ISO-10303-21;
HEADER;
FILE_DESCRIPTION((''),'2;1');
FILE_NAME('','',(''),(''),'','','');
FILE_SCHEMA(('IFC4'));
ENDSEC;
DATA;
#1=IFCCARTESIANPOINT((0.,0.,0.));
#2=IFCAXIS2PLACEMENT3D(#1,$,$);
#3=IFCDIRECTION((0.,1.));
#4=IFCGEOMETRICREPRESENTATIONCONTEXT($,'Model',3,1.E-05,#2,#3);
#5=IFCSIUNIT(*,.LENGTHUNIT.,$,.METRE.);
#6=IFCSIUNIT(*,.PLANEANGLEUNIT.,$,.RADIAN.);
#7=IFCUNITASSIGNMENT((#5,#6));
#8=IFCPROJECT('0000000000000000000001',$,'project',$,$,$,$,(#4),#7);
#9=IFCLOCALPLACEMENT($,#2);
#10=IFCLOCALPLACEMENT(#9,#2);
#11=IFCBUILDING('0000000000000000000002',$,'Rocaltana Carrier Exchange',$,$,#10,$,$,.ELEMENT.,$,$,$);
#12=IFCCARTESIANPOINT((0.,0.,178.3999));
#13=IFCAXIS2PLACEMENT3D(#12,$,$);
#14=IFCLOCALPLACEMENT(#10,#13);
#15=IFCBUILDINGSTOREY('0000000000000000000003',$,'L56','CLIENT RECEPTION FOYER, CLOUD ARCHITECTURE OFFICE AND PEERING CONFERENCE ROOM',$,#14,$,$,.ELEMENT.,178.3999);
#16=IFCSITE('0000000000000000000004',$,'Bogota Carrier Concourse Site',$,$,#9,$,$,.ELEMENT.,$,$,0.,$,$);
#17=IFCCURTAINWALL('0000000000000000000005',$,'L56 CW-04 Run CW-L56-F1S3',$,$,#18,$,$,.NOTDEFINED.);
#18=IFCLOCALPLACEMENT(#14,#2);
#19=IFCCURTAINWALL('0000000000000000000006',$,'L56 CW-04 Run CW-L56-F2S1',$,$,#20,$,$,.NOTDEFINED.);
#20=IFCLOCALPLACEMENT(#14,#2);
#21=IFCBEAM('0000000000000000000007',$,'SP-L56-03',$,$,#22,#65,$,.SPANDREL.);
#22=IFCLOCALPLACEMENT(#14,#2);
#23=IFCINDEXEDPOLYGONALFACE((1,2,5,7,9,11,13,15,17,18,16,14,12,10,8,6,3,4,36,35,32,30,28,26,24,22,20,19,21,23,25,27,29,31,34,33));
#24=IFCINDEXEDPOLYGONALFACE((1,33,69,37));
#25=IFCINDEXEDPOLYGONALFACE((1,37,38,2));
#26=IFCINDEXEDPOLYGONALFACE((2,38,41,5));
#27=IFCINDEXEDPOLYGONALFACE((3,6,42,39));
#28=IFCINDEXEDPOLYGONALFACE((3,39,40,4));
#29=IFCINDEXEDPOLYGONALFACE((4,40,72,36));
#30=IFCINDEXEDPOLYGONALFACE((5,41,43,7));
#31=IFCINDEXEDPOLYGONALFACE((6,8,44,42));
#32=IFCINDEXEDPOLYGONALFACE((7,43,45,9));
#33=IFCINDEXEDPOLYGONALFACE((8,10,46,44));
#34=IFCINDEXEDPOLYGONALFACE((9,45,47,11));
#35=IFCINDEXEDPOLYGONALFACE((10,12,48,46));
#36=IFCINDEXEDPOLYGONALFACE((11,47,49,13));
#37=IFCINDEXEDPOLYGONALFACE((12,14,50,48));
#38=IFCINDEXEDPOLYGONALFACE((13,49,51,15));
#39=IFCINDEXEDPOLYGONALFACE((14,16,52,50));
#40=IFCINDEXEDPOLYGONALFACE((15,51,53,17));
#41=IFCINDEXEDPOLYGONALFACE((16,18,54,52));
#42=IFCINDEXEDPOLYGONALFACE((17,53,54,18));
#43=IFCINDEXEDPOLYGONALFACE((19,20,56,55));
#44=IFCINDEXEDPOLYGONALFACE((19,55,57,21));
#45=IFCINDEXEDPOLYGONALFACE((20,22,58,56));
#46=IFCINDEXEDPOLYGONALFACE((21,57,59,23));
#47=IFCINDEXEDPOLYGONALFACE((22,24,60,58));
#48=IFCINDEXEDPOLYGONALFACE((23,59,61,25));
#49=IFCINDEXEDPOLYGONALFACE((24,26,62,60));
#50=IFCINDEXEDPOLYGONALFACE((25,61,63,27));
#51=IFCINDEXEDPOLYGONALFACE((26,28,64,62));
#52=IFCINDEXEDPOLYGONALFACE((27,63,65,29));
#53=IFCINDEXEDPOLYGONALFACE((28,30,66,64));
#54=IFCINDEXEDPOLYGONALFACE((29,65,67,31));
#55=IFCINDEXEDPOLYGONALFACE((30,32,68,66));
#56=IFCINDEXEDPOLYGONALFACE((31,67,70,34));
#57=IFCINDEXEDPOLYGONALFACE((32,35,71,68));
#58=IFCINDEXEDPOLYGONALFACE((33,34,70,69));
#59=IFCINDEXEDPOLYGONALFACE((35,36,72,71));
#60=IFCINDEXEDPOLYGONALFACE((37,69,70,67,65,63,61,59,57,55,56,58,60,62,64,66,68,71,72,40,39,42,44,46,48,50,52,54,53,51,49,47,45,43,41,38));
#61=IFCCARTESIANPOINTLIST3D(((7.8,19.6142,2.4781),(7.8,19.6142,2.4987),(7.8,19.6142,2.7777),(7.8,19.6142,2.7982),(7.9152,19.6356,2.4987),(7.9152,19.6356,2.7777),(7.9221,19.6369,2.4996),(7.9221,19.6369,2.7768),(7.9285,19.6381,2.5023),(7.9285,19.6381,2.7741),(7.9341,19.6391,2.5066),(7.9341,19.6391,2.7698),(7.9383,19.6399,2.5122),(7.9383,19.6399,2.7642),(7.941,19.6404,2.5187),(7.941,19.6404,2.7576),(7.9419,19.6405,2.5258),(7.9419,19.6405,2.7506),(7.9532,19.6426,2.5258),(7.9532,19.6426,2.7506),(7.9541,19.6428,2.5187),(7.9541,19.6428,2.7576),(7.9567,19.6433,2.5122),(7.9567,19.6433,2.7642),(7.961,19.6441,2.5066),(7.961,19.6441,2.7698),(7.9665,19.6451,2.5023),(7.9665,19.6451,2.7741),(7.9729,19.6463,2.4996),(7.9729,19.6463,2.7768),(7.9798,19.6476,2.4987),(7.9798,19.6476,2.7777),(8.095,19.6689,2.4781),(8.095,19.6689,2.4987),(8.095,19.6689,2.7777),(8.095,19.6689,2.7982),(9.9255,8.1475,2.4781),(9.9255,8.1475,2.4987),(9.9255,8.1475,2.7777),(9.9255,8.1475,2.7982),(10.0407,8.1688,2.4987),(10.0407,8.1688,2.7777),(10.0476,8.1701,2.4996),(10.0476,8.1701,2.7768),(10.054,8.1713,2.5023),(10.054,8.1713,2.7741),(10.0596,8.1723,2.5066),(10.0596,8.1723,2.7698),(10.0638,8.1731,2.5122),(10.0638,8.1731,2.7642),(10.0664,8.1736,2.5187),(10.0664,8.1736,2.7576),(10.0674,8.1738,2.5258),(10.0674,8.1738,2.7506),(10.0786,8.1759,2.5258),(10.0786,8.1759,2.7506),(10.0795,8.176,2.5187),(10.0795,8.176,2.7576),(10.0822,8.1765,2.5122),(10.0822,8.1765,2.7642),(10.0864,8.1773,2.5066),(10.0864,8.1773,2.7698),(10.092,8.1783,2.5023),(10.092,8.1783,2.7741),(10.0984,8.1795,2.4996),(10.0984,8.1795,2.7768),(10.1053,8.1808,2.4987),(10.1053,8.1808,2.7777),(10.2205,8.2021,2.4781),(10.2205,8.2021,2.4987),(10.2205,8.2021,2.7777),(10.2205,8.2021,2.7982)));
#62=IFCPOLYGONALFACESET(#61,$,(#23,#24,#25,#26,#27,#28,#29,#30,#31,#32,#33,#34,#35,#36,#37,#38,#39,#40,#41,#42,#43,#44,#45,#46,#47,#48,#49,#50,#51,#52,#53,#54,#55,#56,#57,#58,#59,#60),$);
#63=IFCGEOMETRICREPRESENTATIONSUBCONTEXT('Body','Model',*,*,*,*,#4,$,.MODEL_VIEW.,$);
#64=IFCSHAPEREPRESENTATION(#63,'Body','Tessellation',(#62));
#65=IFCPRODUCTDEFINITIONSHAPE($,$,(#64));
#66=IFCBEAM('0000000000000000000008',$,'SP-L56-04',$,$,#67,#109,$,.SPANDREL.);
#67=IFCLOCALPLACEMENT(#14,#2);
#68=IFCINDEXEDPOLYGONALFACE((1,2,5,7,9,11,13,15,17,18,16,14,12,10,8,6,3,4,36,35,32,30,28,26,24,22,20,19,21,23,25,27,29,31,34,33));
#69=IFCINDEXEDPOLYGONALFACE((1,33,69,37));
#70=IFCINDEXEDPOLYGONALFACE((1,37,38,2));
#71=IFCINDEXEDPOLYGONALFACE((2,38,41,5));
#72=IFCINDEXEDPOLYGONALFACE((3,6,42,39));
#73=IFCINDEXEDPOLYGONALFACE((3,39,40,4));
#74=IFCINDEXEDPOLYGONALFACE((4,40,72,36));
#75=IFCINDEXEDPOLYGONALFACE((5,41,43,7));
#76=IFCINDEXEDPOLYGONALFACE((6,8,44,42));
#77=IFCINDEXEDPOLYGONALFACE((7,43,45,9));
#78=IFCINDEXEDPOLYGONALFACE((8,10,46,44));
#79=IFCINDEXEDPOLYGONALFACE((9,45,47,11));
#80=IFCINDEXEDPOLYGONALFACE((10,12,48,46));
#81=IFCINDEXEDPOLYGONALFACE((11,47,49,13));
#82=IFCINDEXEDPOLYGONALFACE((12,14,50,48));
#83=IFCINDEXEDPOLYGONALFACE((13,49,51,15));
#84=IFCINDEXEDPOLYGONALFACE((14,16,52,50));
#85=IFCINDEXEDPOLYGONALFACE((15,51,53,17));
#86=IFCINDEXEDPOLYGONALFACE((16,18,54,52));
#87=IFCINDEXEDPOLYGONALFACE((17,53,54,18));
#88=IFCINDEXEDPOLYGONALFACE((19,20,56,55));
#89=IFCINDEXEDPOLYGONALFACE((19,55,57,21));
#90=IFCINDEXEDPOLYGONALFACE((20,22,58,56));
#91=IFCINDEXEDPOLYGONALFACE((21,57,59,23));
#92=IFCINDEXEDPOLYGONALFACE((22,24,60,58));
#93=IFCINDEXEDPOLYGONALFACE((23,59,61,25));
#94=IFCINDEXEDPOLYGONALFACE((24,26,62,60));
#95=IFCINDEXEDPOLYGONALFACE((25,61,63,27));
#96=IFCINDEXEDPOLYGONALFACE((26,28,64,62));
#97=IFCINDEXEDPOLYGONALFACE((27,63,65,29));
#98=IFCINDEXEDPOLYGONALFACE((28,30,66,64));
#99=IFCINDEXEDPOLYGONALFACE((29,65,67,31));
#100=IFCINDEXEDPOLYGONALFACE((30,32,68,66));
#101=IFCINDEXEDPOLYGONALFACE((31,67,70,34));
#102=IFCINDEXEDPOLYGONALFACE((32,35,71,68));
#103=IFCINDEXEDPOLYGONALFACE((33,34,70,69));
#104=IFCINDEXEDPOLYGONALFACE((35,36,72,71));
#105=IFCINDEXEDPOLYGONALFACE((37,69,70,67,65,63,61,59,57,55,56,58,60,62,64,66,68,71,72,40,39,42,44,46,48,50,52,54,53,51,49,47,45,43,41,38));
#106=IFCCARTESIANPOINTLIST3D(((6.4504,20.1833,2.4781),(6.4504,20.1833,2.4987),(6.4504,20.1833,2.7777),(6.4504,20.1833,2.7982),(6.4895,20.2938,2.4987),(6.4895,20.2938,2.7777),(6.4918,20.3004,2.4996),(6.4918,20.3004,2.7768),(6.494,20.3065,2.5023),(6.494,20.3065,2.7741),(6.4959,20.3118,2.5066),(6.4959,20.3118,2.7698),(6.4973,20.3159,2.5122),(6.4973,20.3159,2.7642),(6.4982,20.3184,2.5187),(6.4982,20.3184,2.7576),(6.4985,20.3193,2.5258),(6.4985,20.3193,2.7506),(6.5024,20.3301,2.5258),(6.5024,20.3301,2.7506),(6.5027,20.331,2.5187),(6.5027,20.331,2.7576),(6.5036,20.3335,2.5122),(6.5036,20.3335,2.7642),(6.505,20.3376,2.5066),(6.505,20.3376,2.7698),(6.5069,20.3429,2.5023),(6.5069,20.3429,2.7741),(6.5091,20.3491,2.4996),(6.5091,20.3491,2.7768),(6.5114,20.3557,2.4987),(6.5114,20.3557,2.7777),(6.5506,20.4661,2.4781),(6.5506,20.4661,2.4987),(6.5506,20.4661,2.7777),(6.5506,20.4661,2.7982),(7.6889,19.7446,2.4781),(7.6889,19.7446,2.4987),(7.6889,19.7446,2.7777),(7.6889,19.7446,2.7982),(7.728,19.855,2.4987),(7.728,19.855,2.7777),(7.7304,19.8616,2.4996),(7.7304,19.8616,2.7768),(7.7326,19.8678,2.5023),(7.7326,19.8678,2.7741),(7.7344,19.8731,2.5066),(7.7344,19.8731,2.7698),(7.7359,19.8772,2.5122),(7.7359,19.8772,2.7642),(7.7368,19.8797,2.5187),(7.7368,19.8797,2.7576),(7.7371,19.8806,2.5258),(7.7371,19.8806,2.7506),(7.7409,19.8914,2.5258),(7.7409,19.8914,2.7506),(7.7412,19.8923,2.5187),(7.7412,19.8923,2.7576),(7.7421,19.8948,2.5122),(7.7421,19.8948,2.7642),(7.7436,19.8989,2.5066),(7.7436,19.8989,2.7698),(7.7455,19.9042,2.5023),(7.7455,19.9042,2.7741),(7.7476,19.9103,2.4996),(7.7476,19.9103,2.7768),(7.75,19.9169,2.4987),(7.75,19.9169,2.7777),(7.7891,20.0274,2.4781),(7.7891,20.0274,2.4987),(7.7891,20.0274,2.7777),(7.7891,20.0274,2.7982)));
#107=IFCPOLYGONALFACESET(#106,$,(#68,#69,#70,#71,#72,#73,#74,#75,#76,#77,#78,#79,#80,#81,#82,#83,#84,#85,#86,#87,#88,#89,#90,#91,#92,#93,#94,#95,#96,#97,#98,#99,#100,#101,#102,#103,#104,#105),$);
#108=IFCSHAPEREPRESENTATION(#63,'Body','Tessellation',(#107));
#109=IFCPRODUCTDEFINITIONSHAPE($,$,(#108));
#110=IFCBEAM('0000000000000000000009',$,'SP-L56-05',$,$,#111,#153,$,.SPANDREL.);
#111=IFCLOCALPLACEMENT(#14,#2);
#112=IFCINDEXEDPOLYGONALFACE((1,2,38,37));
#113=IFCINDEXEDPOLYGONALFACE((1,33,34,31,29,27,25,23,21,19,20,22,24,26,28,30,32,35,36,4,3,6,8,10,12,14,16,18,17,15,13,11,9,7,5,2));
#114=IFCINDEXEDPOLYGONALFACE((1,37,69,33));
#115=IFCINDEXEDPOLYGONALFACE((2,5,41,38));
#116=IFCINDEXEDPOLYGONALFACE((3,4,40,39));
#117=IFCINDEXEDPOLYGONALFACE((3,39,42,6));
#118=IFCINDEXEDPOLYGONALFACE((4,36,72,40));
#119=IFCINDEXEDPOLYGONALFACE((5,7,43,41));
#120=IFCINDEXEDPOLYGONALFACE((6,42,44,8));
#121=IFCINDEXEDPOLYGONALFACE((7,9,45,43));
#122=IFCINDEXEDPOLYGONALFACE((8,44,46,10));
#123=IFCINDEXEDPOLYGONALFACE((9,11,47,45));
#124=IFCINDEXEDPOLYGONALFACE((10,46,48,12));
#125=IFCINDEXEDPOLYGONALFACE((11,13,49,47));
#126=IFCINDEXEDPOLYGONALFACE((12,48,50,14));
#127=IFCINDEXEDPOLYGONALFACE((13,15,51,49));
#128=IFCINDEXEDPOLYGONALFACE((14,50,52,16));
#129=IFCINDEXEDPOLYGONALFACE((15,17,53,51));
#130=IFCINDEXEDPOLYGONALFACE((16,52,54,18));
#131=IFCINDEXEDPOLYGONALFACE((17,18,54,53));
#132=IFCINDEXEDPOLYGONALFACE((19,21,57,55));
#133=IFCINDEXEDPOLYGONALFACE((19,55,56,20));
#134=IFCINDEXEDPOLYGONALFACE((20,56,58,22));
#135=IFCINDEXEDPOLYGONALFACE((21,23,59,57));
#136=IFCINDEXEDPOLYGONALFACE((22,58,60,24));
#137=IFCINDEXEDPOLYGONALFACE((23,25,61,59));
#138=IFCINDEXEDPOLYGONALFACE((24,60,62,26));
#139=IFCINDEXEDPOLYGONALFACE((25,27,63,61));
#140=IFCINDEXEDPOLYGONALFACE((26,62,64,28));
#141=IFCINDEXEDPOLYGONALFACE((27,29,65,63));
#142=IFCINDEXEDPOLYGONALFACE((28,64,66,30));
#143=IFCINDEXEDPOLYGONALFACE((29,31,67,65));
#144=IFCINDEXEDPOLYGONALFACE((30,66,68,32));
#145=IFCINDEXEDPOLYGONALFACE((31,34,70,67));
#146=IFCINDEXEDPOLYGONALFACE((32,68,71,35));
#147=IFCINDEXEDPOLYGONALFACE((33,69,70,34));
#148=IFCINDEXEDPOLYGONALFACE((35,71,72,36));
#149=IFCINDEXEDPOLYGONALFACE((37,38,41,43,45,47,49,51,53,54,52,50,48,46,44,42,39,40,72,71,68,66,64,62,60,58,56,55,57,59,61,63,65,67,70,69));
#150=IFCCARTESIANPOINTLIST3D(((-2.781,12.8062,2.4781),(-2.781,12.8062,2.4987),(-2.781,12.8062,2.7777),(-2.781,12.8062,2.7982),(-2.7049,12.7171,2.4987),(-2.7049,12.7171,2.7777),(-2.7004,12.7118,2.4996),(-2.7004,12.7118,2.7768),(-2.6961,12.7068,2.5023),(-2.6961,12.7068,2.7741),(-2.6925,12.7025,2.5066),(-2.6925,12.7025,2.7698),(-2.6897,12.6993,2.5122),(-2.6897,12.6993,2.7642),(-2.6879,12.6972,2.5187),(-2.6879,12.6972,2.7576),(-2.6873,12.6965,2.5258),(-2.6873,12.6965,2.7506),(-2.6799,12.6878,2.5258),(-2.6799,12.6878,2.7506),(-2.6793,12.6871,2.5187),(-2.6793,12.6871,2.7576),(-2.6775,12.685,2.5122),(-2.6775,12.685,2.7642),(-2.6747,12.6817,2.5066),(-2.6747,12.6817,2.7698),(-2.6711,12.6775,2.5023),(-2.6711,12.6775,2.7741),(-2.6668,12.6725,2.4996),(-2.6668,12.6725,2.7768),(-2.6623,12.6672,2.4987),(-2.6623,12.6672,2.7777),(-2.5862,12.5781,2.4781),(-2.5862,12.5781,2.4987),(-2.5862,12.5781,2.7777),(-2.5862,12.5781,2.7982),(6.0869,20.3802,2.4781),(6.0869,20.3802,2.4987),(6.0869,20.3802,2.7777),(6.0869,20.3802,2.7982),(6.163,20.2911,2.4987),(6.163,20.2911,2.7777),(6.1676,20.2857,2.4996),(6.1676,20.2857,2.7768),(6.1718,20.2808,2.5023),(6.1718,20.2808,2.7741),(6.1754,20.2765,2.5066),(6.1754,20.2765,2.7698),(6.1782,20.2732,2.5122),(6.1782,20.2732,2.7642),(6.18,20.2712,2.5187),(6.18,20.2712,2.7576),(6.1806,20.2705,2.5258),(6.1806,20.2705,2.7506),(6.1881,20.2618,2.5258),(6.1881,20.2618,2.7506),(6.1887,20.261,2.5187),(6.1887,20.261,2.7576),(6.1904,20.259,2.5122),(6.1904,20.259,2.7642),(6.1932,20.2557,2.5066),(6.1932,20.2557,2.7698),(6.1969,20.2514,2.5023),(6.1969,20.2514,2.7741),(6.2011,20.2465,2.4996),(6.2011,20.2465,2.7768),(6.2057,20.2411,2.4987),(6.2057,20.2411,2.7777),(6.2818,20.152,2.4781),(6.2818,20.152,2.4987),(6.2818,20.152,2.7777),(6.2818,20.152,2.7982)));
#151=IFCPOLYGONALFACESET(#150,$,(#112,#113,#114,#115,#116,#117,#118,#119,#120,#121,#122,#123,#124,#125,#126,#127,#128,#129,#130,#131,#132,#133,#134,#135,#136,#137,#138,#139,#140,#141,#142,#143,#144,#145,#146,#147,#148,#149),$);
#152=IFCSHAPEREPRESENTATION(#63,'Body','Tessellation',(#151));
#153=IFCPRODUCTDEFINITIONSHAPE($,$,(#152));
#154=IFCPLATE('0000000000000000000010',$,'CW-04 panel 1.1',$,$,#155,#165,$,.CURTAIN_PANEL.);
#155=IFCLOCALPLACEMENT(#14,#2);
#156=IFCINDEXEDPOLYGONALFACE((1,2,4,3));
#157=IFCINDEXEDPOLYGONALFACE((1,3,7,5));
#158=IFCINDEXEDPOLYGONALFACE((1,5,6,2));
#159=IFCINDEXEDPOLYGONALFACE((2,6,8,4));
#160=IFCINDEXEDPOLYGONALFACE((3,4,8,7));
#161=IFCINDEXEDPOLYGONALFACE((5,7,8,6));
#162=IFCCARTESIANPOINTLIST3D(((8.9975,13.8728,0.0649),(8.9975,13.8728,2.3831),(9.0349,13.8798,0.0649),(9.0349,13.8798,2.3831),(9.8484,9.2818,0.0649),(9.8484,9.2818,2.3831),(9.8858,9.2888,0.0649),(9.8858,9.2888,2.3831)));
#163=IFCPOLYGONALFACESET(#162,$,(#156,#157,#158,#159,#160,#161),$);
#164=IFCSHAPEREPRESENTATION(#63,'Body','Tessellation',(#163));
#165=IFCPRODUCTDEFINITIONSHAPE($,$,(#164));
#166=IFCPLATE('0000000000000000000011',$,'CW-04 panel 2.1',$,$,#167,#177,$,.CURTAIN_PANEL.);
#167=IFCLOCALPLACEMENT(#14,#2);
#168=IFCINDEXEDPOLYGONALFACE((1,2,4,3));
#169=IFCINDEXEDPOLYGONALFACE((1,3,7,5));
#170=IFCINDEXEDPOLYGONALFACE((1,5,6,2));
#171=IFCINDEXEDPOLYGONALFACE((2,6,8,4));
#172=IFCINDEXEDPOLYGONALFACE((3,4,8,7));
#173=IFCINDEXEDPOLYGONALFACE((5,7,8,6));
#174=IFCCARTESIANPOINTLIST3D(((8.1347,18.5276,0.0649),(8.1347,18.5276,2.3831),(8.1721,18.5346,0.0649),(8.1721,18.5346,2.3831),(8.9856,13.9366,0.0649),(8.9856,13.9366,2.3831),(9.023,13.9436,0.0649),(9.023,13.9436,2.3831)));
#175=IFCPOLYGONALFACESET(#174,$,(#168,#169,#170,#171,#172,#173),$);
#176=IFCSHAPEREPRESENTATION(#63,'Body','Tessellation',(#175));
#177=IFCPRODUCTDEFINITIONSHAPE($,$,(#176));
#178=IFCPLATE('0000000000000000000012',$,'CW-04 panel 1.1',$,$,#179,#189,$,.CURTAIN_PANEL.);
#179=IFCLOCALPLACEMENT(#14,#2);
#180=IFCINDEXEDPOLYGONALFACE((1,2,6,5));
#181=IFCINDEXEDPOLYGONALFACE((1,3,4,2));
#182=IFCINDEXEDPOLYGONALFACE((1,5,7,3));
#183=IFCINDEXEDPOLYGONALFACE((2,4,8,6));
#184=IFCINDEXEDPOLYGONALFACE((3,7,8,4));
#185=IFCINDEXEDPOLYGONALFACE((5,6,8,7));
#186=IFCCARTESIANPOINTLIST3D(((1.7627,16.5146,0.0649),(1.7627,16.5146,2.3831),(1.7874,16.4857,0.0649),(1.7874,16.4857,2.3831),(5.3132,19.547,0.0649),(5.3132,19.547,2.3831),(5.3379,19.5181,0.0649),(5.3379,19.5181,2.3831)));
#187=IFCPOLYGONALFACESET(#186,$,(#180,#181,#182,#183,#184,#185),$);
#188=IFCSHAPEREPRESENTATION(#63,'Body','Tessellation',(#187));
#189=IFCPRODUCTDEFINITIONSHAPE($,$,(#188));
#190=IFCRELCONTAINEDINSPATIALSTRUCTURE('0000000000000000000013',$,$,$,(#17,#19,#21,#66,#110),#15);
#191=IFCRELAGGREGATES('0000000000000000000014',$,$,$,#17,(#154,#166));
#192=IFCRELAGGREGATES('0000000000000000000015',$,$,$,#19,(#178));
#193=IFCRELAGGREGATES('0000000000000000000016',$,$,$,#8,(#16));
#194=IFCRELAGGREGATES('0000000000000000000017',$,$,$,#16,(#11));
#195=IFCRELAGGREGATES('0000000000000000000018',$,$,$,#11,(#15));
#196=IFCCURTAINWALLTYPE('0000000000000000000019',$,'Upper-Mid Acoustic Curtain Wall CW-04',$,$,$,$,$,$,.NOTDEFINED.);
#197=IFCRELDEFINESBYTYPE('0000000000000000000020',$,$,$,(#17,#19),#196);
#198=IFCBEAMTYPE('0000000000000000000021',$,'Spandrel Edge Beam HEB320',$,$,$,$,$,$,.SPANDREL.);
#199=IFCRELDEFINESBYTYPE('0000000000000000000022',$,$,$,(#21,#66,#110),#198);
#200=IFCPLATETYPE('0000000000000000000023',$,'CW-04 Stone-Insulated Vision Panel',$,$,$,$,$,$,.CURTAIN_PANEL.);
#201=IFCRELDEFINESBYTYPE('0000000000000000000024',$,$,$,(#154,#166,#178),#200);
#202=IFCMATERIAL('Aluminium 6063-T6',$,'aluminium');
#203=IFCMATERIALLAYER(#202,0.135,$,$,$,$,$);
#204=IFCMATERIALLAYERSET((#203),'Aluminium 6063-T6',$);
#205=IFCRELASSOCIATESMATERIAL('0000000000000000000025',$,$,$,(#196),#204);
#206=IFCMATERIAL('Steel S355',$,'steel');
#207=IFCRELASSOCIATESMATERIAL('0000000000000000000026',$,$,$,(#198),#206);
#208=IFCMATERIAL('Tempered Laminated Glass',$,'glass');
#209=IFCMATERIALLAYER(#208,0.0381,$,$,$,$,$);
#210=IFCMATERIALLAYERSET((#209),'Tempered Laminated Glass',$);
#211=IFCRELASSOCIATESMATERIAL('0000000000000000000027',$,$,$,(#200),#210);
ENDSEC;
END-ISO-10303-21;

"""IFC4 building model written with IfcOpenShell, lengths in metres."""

from ifc_helpers import new_model, si_unit, direction, frame, origin, origin_2d, place, context, subcontext, project, spatial, rectangle, i_section, extrude, material, layer, layer_set, material_profile, profile_set, type_object, element, aggregate, save


model = new_model("IFC4")

# Units and contexts
model_context = context("Model", 3, precision=1e-05, world=origin(), true_north=direction((0.0, 1.0)))
body_context = subcontext(model_context, "Body", "Model", "MODEL_VIEW")
ifc_project = project(units=[si_unit("LENGTHUNIT", "METRE"), si_unit("PLANEANGLEUNIT", "RADIAN")], contexts=[model_context])

# Site, building, storey
site_placement = place(None, origin())
site = spatial("IfcSite", under=ifc_project, at=site_placement, Name="Bogota Carrier Concourse Site", CompositionType="ELEMENT", RefElevation=0.0)
building_placement = place(site_placement, origin())
building = spatial("IfcBuilding", under=site, at=building_placement, Name="Rocaltana Carrier Exchange", CompositionType="ELEMENT")
storey_placement = place(building_placement, frame((0.0, 0.0, 178.3999)))
storey = spatial("IfcBuildingStorey", under=building, at=storey_placement, Name="L56", Description="CLIENT RECEPTION FOYER, CLOUD ARCHITECTURE OFFICE AND PEERING CONFERENCE ROOM", CompositionType="ELEMENT", Elevation=178.3999)

# Curtain walls
ifc_material_1 = material(Name="Aluminium 6063-T6", Category="aluminium")
ifc_layer_1 = layer(ifc_material_1, 0.135)
ifc_layer_set_1 = layer_set([ifc_layer_1], Name="Aluminium 6063-T6")
curtain_wall_type = type_object("IfcCurtainWallType", Name="Upper-Mid Acoustic Curtain Wall CW-04", PredefinedType="NOTDEFINED", material=ifc_layer_set_1)
curtain_wall_1_placement = place(storey_placement, origin())
curtain_wall_1 = element("IfcCurtainWall", 1, at=curtain_wall_1_placement, inside=storey, type_object=curtain_wall_type, Name="L56 CW-04 Run CW-L56-F1S3", PredefinedType="NOTDEFINED")
curtain_wall_2_placement = place(storey_placement, origin())
curtain_wall_2 = element("IfcCurtainWall", 2, at=curtain_wall_2_placement, inside=storey, type_object=curtain_wall_type, Name="L56 CW-04 Run CW-L56-F2S1", PredefinedType="NOTDEFINED")

# Beams
ifc_material_2 = material(Name="Steel S355", Category="steel")
ifc_material_profile_1 = material_profile(ifc_material_2, i_section(OverallWidth=0.3, OverallDepth=0.3201, WebThickness=0.0115, FlangeThickness=0.0205, FilletRadius=0.0271, at=origin_2d()), Name="HEB320")
ifc_profile_set_1 = profile_set([ifc_material_profile_1], Name="Steel S355")
beam_type_1 = type_object("IfcBeamType", Name="Spandrel Edge Beam HEB320", PredefinedType="SPANDREL", material=ifc_profile_set_1)
beam_1_placement = place(storey_placement, frame((10.073, 8.1748, 2.6382), z_axis=(-0.182256, 0.983251, 0.0), x_axis=(-0.983251, -0.182256, 0.0)))
element("IfcBeam", 3, at=beam_1_placement, inside=storey, type_object=beam_type_1, Name="SP-L56-03", PredefinedType="SPANDREL", context=body_context, shape_type="SweptSolid", body=[
    extrude(i_section(OverallWidth=0.3, OverallDepth=0.3201, WebThickness=0.0115, FlangeThickness=0.0205, FilletRadius=0.0271, at=origin_2d()), origin(), (0.0, 0.0, 1.0), 11.6621),
])
beam_2_placement = place(storey_placement, frame((7.739, 19.886, 2.6382), z_axis=(-0.942609, 0.333899, 0.0), x_axis=(-0.333899, -0.942609, 0.0)))
element("IfcBeam", 4, at=beam_2_placement, inside=storey, type_object=beam_type_1, Name="SP-L56-04", PredefinedType="SPANDREL", context=body_context, shape_type="SweptSolid", body=[
    extrude(i_section(OverallWidth=0.3, OverallDepth=0.3201, WebThickness=0.0115, FlangeThickness=0.0205, FilletRadius=0.0271, at=origin_2d()), origin(), (0.0, 0.0, 1.0), 1.314),
])
beam_3_placement = place(storey_placement, frame((6.1843, 20.2661, 2.6382), z_axis=(-0.760404, -0.649451, 0.0), x_axis=(0.649451, -0.760404, 0.0)))
element("IfcBeam", 5, at=beam_3_placement, inside=storey, type_object=beam_type_1, Name="SP-L56-05", PredefinedType="SPANDREL", context=body_context, shape_type="SweptSolid", body=[
    extrude(i_section(OverallWidth=0.3, OverallDepth=0.3201, WebThickness=0.0115, FlangeThickness=0.0205, FilletRadius=0.0271, at=origin_2d()), origin(), (0.0, 0.0, 1.0), 11.6621),
])

# Plates
ifc_material_3 = material(Name="Tempered Laminated Glass", Category="glass")
ifc_layer_2 = layer(ifc_material_3, 0.0381)
ifc_layer_set_2 = layer_set([ifc_layer_2], Name="Tempered Laminated Glass")
plate_type = type_object("IfcPlateType", Name="CW-04 Stone-Insulated Vision Panel", PredefinedType="CURTAIN_PANEL", material=ifc_layer_set_2)
plate_1_placement = place(storey_placement, frame((9.4417, 11.5808, 0.0649), z_axis=(0.0, 0.0, 1.0), x_axis=(-0.182236, 0.983255, 0.0)))
plate_1 = element("IfcPlate", 6, at=plate_1_placement, type_object=plate_type, Name="CW-04 panel 1.1", PredefinedType="CURTAIN_PANEL", context=body_context, shape_type="SweptSolid", body=[
    extrude(rectangle(XDim=4.6692, YDim=0.0381, at=origin_2d()), origin(), (0.0, 0.0, 1.0), 2.3181),
])
plate_2_placement = place(storey_placement, frame((8.5789, 16.2356, 0.0649), z_axis=(0.0, 0.0, 1.0), x_axis=(-0.182236, 0.983255, 0.0)))
plate_2 = element("IfcPlate", 7, at=plate_2_placement, type_object=plate_type, Name="CW-04 panel 2.1", PredefinedType="CURTAIN_PANEL", context=body_context, shape_type="SweptSolid", body=[
    extrude(rectangle(XDim=4.6692, YDim=0.0381, at=origin_2d()), origin(), (0.0, 0.0, 1.0), 2.3181),
])
aggregate(curtain_wall_1, [plate_1, plate_2])
plate_3_placement = place(storey_placement, frame((3.5503, 18.0164, 0.0649), z_axis=(0.0, 0.0, 1.0), x_axis=(-0.760406, -0.649448, 0.0)))
plate_3 = element("IfcPlate", 8, at=plate_3_placement, type_object=plate_type, Name="CW-04 panel 1.1", PredefinedType="CURTAIN_PANEL", context=body_context, shape_type="SweptSolid", body=[
    extrude(rectangle(XDim=4.6692, YDim=0.0381, at=origin_2d()), origin(), (0.0, 0.0, 1.0), 2.3181),
])
aggregate(curtain_wall_2, [plate_3])

save(model, "model.ifc")
